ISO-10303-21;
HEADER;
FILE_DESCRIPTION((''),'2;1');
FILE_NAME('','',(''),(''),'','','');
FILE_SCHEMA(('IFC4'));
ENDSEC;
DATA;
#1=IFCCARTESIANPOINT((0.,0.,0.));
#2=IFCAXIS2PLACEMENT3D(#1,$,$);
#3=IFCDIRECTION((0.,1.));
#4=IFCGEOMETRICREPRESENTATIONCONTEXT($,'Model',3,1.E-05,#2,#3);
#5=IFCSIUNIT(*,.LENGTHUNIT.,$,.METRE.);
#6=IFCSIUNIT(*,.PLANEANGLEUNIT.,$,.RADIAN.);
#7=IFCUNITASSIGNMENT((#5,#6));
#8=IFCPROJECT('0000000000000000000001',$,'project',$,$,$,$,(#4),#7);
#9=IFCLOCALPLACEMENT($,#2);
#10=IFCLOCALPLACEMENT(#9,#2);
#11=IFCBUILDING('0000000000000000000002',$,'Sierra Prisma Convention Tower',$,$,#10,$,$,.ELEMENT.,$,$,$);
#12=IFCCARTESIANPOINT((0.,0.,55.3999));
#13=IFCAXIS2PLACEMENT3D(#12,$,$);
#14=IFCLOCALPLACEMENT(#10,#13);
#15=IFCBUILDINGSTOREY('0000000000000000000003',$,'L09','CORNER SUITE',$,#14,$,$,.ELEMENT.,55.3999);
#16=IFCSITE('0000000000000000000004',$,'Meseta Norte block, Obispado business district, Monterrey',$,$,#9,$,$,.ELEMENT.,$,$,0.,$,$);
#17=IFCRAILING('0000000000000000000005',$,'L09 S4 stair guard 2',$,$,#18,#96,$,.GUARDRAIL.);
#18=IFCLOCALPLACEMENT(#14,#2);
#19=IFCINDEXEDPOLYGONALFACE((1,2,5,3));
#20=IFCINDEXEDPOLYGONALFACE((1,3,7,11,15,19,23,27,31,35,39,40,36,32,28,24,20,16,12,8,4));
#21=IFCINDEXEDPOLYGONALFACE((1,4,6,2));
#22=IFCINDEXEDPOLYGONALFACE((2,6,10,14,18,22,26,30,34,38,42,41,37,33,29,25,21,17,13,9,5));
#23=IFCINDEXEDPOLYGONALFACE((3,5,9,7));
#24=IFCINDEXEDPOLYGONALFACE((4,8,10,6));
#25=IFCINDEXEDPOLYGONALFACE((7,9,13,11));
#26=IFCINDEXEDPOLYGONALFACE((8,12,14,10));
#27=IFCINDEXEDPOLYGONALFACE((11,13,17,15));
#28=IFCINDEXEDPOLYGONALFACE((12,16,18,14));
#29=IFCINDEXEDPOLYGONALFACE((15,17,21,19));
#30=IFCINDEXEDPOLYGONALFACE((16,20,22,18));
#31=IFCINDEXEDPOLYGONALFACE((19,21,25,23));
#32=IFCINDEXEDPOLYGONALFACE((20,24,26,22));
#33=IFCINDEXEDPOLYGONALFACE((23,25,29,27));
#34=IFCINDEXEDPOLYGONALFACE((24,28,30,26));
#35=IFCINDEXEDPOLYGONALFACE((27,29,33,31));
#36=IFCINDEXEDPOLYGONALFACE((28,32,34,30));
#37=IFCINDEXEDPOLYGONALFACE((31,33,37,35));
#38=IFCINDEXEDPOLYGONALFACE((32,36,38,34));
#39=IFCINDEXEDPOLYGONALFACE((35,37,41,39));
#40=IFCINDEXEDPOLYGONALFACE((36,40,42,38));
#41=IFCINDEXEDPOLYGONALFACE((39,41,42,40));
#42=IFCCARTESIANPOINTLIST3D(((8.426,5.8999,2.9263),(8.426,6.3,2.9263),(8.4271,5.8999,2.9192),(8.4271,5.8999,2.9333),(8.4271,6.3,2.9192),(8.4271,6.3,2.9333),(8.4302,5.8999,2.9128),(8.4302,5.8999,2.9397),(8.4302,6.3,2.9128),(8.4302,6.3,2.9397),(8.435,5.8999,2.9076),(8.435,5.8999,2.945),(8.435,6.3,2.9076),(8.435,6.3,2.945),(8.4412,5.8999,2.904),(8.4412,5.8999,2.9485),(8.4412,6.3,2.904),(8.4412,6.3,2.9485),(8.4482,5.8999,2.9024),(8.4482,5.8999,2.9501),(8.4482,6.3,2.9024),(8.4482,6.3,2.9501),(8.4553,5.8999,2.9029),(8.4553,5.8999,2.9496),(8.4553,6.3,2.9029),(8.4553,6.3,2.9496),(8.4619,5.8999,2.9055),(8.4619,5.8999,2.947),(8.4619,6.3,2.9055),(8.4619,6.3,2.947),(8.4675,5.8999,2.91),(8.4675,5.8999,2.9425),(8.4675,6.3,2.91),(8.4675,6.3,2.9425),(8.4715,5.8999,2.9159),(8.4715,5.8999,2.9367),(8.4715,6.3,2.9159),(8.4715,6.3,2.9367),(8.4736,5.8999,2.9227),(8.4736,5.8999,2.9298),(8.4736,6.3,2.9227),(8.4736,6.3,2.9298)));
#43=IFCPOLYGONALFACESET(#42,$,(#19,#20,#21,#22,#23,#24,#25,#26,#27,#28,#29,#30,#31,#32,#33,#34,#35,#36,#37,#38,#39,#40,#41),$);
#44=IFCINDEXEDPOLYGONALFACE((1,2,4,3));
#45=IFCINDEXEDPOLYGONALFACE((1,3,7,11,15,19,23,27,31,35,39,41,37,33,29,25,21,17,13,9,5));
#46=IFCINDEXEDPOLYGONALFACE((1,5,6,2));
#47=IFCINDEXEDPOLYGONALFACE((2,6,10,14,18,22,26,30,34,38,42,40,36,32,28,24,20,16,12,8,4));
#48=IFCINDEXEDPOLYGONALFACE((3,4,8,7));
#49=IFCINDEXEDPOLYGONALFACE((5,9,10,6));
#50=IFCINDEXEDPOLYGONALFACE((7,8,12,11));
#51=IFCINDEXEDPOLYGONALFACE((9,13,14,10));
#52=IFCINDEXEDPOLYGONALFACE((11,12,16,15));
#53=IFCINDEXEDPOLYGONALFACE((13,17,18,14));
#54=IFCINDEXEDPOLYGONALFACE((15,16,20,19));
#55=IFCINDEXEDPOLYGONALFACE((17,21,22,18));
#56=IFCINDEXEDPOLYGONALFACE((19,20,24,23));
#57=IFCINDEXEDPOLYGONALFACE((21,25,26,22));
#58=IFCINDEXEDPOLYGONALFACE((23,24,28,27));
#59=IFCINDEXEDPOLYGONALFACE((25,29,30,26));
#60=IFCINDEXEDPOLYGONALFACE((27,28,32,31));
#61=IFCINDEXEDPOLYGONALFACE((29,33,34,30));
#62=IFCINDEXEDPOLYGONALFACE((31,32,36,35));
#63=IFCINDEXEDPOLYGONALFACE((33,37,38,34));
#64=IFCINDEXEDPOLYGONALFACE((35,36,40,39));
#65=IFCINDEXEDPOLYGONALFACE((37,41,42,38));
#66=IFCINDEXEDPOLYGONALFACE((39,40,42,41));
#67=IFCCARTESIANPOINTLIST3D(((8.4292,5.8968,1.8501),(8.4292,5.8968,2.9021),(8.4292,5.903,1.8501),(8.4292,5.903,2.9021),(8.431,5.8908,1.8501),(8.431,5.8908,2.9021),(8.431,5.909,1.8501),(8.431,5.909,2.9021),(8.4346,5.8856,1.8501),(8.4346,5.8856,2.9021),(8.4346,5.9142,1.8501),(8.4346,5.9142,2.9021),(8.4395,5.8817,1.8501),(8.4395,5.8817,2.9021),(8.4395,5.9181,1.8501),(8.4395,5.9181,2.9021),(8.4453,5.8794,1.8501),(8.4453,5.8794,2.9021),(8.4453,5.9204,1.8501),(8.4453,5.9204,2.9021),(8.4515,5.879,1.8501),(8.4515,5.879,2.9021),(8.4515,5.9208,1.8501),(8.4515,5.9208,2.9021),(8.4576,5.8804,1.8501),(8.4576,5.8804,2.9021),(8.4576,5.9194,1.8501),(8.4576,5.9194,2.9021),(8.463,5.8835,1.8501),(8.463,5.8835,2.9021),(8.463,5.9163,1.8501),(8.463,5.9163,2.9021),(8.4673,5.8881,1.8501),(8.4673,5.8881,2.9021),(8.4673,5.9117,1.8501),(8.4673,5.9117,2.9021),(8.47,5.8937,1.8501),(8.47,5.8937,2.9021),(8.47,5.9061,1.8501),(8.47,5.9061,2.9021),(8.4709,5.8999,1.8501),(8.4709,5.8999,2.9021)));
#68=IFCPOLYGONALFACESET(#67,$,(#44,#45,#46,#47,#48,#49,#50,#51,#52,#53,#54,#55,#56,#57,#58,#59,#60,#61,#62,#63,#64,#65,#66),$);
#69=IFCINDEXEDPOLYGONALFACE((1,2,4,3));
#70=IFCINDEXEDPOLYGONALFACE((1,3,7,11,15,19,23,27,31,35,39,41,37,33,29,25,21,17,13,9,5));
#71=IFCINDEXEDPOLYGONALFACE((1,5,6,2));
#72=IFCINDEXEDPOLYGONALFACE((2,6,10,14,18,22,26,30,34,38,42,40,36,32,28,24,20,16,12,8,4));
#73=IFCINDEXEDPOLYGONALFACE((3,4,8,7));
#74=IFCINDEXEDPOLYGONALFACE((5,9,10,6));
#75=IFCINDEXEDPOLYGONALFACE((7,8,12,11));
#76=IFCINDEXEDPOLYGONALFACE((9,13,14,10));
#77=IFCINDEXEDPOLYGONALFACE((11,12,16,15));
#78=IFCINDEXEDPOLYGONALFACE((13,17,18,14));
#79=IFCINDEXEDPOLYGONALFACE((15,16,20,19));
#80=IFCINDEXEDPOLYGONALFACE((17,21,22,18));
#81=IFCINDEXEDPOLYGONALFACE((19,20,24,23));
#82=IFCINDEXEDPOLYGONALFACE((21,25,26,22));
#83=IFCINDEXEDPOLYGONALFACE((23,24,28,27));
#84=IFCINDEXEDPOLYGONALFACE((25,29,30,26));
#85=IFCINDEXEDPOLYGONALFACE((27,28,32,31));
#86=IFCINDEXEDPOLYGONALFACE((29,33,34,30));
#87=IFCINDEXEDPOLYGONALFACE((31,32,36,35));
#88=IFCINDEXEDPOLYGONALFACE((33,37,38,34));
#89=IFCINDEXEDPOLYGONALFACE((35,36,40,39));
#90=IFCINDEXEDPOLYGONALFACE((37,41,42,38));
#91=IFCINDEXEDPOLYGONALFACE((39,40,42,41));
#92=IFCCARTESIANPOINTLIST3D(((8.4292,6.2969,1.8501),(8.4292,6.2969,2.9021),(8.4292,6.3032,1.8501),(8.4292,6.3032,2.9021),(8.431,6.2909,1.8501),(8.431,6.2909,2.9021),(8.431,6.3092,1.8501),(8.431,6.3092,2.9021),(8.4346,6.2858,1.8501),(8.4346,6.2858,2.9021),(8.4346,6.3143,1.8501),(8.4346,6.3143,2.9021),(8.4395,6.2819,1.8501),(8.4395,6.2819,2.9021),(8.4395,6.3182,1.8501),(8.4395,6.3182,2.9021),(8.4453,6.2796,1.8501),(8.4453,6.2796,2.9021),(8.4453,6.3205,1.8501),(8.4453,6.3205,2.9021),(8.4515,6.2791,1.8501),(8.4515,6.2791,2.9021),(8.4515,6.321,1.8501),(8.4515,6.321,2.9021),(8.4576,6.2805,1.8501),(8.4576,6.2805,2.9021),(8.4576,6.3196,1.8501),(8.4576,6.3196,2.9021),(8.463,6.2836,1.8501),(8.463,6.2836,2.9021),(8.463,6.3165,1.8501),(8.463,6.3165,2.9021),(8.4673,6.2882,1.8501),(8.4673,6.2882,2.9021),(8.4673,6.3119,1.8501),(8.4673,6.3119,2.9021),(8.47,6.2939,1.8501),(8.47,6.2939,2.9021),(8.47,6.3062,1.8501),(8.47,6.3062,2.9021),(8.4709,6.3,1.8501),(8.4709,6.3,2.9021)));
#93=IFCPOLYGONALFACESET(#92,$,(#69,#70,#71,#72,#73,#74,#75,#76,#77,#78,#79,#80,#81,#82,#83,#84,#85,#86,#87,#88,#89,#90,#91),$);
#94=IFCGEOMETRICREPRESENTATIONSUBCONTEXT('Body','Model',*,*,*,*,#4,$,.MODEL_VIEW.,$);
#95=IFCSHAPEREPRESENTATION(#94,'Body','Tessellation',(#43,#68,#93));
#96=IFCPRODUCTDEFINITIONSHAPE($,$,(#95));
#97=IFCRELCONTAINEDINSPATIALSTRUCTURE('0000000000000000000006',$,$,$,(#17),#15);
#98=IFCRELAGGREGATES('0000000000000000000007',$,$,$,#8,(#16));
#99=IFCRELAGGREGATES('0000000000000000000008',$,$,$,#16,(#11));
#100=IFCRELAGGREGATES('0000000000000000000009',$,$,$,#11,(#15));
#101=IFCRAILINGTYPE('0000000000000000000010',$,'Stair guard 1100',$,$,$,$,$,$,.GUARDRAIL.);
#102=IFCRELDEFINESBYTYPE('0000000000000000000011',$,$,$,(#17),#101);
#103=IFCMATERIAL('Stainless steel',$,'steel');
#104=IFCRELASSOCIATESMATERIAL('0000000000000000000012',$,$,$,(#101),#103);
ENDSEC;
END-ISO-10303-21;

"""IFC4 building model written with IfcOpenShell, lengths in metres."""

from ifc_helpers import new_model, si_unit, direction, frame, origin, origin_2d, place, context, subcontext, project, spatial, circle, extrude, material, type_object, element, save


model = new_model("IFC4")

# Units and contexts
model_context = context("Model", 3, precision=1e-05, world=origin(), true_north=direction((0.0, 1.0)))
body_context = subcontext(model_context, "Body", "Model", "MODEL_VIEW")
ifc_project = project(units=[si_unit("LENGTHUNIT", "METRE"), si_unit("PLANEANGLEUNIT", "RADIAN")], contexts=[model_context])

# Site, building, storey
site_placement = place(None, origin())
site = spatial("IfcSite", under=ifc_project, at=site_placement, Name="Meseta Norte block, Obispado business district, Monterrey", CompositionType="ELEMENT", RefElevation=0.0)
building_placement = place(site_placement, origin())
building = spatial("IfcBuilding", under=site, at=building_placement, Name="Sierra Prisma Convention Tower", CompositionType="ELEMENT")
storey_placement = place(building_placement, frame((0.0, 0.0, 55.3999)))
storey = spatial("IfcBuildingStorey", under=building, at=storey_placement, Name="L09", Description="CORNER SUITE", CompositionType="ELEMENT", Elevation=55.3999)

# Railing
ifc_material_1 = material(Name="Stainless steel", Category="steel")
railing_type_1 = type_object("IfcRailingType", Name="Stair guard 1100", PredefinedType="GUARDRAIL", material=ifc_material_1)
railing_1_placement = place(storey_placement, frame((8.45, 5.8999, 1.8501)))
element("IfcRailing", 1, at=railing_1_placement, inside=storey, type_object=railing_type_1, Name="L09 S4 stair guard 2", PredefinedType="GUARDRAIL", context=body_context, shape_type="SweptSolid", body=[
    extrude(circle(Radius=0.0239, at=origin_2d()), frame((0.0, 0.0, 1.0762), z_axis=(0.0, 1.0, 0.0), x_axis=(-1.0, 0.0, 0.0)), (0.0, 0.0, 1.0), 0.4001),
    extrude(circle(Radius=0.021, at=origin_2d()), origin(), (0.0, 0.0, 1.0), 1.052),
    extrude(circle(Radius=0.021, at=origin_2d()), frame((0.0, 0.4001, 0.0)), (0.0, 0.0, 1.0), 1.052),
])

save(model, "model.ifc")
